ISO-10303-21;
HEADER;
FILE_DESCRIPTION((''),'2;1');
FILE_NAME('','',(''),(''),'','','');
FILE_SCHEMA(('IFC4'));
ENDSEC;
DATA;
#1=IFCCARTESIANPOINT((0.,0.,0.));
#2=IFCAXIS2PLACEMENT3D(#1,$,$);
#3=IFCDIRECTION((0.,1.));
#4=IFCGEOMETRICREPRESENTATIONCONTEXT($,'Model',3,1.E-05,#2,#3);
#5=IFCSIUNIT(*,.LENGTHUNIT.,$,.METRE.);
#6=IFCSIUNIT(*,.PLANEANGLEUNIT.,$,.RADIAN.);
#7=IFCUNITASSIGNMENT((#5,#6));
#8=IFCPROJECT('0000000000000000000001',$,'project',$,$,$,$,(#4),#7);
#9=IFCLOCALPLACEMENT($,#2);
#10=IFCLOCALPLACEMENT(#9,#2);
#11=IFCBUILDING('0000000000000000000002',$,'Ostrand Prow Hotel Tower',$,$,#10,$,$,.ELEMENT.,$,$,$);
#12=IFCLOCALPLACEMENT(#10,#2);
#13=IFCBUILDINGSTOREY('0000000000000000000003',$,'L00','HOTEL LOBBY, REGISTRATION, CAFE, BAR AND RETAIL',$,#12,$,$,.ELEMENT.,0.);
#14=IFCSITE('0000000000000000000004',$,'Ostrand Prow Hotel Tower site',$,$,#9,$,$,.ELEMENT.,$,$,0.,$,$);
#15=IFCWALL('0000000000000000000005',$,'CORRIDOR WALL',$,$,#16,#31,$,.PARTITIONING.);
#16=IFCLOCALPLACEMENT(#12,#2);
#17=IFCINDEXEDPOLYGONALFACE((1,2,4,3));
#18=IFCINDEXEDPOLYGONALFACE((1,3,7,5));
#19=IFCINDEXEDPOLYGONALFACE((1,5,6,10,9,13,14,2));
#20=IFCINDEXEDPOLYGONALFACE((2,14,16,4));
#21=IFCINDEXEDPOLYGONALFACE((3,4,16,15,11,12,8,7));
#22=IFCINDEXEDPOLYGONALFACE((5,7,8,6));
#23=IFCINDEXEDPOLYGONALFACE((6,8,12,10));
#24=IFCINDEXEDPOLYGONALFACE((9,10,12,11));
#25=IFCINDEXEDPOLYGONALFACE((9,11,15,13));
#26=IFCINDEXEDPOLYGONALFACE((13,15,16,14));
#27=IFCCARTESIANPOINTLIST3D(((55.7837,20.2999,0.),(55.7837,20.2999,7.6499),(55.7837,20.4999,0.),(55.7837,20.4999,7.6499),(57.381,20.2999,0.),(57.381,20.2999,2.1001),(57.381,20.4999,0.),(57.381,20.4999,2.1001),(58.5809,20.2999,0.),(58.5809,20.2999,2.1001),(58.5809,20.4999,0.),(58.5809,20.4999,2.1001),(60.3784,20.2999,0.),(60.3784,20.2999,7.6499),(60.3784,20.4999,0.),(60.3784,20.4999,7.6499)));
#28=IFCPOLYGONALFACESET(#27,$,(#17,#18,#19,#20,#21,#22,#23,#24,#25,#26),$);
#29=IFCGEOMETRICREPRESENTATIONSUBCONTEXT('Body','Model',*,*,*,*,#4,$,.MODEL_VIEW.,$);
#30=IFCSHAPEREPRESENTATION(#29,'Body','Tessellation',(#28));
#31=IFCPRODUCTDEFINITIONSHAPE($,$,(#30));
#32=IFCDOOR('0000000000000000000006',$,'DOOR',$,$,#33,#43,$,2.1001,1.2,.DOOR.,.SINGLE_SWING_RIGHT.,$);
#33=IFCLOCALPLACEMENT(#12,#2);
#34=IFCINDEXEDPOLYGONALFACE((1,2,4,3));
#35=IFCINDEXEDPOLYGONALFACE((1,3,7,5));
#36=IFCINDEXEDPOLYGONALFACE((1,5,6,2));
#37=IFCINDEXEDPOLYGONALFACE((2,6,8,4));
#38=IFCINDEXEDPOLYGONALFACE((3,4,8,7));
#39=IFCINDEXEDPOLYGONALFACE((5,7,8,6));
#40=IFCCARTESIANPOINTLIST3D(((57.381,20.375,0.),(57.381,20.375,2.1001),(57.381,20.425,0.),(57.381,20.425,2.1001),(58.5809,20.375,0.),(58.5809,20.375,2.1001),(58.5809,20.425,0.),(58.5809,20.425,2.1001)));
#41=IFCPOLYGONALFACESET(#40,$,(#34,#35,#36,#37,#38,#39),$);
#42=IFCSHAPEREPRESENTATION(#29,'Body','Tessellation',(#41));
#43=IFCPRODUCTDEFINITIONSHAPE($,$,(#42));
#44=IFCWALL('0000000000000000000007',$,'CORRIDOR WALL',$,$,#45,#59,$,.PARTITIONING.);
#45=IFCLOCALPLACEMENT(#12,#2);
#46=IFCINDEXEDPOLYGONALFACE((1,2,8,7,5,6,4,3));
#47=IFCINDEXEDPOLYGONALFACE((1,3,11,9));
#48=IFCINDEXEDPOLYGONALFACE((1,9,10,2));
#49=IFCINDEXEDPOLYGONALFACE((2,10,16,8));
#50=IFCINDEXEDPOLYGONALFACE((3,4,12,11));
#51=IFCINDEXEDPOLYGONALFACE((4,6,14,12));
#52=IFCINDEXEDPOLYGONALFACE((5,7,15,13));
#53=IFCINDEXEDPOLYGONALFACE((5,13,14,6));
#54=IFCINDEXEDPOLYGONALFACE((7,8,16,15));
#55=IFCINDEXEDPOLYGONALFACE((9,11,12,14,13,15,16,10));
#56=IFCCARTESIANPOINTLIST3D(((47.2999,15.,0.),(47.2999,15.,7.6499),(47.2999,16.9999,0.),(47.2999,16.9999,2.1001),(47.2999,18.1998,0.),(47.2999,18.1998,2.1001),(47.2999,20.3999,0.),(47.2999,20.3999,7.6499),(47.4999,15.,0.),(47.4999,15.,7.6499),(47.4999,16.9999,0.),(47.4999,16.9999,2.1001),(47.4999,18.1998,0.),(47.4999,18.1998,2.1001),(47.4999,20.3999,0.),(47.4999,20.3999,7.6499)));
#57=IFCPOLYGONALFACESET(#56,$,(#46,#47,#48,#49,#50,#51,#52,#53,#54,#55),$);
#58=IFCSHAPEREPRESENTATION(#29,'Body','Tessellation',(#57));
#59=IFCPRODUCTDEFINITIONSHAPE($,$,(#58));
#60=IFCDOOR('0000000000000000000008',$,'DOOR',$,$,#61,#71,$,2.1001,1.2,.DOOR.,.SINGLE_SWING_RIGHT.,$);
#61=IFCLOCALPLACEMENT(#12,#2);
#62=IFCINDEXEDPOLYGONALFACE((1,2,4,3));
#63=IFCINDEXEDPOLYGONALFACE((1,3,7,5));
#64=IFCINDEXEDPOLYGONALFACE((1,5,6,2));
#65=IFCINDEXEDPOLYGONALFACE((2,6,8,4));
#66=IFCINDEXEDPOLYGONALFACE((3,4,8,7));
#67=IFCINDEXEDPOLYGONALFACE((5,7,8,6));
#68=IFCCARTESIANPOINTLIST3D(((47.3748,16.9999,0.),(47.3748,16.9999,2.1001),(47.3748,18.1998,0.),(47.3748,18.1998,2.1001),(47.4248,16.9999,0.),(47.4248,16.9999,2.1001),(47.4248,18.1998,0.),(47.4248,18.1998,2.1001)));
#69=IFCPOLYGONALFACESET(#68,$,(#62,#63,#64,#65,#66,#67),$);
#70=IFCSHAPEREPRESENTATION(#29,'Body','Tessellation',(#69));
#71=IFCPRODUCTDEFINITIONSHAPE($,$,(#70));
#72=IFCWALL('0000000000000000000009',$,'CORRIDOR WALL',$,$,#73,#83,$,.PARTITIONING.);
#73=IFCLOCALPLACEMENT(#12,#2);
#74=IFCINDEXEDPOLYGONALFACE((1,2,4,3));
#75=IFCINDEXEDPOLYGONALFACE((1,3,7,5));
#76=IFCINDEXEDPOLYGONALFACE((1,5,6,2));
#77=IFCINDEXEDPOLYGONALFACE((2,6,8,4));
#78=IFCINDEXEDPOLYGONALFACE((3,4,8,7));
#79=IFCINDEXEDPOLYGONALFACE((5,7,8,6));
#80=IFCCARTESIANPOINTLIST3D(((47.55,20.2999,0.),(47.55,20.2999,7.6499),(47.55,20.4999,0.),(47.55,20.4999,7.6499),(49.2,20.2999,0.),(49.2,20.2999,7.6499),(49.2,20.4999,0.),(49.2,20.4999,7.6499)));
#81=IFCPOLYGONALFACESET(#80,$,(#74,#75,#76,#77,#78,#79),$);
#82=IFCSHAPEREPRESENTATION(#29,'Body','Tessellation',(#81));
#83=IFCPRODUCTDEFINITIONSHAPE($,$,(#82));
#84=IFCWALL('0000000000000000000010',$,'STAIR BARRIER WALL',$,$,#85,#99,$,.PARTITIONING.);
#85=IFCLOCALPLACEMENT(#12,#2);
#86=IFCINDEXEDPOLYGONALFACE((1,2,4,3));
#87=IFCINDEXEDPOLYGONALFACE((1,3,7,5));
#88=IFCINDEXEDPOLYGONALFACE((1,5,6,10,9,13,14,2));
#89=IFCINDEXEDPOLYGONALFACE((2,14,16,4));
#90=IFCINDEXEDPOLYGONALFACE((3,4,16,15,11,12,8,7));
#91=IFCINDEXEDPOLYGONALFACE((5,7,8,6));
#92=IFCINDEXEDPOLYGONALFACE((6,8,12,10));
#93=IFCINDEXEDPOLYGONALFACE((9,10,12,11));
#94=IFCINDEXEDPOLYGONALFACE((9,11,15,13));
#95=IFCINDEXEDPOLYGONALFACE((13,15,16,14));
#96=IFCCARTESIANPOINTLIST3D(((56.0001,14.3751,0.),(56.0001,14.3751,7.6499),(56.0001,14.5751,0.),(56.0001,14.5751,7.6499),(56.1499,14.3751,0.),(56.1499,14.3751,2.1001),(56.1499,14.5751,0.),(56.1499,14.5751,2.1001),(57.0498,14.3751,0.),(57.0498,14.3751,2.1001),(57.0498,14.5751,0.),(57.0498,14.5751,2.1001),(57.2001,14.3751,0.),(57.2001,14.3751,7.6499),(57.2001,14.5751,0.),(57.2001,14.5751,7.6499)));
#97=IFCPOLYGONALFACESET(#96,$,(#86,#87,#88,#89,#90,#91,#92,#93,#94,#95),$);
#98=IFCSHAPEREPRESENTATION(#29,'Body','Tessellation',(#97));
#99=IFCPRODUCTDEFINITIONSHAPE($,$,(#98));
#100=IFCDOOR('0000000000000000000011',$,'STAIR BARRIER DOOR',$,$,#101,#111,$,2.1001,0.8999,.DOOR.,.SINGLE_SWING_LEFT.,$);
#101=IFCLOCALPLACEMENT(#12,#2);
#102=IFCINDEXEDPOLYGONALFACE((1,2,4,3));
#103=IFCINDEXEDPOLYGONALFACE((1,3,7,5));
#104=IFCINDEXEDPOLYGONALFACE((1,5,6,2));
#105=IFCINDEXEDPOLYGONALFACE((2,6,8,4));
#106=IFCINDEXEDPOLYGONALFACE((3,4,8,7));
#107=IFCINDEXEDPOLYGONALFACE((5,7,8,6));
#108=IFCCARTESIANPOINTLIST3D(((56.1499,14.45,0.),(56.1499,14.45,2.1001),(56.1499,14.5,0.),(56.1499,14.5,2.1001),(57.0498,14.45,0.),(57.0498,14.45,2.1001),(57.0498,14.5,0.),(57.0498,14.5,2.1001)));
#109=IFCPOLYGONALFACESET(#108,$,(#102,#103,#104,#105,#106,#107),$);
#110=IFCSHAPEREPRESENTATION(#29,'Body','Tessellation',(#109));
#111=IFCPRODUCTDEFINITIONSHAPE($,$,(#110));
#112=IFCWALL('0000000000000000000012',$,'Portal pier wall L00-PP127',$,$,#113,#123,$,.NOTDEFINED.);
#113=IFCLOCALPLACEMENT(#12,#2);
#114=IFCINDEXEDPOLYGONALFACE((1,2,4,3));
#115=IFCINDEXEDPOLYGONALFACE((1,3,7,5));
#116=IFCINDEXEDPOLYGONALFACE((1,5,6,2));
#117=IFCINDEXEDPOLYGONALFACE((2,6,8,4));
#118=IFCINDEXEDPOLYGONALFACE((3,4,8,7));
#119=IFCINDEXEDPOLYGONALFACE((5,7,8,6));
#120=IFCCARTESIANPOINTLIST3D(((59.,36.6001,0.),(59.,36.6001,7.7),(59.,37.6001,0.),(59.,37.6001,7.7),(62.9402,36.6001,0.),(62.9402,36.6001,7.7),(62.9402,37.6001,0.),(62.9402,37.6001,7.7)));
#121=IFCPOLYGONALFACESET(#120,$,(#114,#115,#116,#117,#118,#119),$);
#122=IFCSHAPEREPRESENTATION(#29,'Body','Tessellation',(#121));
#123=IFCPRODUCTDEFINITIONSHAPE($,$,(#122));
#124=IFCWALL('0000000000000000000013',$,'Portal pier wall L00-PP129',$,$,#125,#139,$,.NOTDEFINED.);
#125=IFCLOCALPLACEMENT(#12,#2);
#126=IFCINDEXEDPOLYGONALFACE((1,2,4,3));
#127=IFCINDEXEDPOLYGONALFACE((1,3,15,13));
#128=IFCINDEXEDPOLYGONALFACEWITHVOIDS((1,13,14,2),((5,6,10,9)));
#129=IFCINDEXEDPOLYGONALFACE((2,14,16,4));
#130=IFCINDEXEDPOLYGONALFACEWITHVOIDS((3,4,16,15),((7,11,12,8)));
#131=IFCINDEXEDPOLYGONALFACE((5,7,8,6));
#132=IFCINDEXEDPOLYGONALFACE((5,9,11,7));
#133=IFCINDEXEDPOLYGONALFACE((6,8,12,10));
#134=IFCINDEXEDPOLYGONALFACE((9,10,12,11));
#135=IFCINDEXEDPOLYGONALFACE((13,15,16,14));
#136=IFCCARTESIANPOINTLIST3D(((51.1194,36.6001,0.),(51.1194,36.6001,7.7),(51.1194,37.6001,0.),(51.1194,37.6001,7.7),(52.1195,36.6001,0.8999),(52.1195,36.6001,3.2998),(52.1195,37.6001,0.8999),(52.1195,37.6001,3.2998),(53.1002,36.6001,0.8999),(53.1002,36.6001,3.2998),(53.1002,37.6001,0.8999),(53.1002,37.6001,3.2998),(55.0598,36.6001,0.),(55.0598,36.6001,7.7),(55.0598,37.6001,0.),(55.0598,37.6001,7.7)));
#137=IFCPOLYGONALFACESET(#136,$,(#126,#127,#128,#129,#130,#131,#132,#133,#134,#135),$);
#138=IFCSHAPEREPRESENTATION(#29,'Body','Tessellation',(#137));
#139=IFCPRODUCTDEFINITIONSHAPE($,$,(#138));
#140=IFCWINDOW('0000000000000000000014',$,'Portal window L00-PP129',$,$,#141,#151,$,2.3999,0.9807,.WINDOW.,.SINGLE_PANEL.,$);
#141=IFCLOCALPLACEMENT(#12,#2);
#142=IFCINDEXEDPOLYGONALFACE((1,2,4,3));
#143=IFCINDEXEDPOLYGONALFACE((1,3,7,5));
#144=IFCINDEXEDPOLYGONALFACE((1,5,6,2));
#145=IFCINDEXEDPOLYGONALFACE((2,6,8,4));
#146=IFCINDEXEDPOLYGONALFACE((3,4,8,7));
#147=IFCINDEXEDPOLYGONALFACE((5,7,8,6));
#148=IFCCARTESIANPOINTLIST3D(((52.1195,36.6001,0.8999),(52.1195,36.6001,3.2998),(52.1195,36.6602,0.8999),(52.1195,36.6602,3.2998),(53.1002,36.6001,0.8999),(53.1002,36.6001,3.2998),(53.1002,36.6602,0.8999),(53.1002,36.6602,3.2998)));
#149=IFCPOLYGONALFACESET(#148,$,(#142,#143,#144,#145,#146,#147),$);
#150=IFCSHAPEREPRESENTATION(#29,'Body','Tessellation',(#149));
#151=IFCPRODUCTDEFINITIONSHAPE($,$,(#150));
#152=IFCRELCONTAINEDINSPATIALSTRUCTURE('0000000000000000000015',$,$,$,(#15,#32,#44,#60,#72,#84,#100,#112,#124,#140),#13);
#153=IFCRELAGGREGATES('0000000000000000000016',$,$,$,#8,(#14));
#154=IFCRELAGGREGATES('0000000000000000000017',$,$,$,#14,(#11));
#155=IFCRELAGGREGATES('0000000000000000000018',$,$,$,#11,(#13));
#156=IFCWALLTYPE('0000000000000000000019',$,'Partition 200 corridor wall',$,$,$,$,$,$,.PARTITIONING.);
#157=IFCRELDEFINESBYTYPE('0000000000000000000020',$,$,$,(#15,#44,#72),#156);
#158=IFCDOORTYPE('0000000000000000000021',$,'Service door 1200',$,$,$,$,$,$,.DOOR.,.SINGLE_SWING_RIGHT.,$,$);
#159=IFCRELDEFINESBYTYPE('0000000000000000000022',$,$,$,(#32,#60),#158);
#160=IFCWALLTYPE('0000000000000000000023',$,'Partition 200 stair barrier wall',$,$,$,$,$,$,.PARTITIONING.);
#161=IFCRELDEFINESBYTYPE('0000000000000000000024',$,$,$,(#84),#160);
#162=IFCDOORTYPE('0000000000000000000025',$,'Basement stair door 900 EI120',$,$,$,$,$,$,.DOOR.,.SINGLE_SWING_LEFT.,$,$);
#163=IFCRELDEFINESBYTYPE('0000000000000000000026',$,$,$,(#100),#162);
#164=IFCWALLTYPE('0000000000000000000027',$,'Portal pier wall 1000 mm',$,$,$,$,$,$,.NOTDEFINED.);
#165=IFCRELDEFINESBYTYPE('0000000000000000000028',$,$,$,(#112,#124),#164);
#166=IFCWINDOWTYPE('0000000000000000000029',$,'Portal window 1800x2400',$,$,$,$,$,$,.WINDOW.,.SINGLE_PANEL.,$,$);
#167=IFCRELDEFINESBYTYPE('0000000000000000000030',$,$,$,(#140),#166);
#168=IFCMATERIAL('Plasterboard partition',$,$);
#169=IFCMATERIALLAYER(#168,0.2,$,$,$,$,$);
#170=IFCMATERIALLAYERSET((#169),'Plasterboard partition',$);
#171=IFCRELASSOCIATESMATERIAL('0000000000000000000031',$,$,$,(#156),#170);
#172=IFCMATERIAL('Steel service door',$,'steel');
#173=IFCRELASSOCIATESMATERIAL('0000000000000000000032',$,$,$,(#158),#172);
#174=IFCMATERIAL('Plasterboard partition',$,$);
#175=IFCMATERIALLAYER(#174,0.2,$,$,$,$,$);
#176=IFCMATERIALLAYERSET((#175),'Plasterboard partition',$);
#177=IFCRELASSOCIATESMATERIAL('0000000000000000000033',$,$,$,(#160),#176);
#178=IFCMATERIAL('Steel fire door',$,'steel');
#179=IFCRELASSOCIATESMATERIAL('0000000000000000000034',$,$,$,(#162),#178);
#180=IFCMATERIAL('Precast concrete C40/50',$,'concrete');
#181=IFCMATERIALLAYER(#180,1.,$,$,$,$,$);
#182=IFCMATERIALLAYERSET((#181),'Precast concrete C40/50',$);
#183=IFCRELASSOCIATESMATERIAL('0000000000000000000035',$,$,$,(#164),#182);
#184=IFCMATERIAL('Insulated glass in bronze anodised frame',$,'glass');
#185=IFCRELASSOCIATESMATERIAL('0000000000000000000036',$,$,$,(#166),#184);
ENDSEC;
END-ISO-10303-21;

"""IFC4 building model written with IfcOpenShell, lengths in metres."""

from ifc_helpers import new_model, si_unit, direction, frame, frame_2d, origin, place, context, subcontext, project, spatial, polyline, rectangle, outline, extrude, material, layer, layer_set, type_object, element, fill, save


model = new_model("IFC4")

# Units and contexts
model_context = context("Model", 3, precision=1e-05, world=origin(), true_north=direction((0.0, 1.0)))
body_context = subcontext(model_context, "Body", "Model", "MODEL_VIEW")
ifc_project = project(units=[si_unit("LENGTHUNIT", "METRE"), si_unit("PLANEANGLEUNIT", "RADIAN")], contexts=[model_context])

# Site, building, storey
site_placement = place(None, origin())
site = spatial("IfcSite", under=ifc_project, at=site_placement, Name="Ostrand Prow Hotel Tower site", CompositionType="ELEMENT", RefElevation=0.0)
building_placement = place(site_placement, origin())
building = spatial("IfcBuilding", under=site, at=building_placement, Name="Ostrand Prow Hotel Tower", CompositionType="ELEMENT")
storey_placement = place(building_placement, origin())
storey = spatial("IfcBuildingStorey", under=building, at=storey_placement, Name="L00", Description="HOTEL LOBBY, REGISTRATION, CAFE, BAR AND RETAIL", CompositionType="ELEMENT", Elevation=0.0)

# Walls, openings, doors
ifc_material_1 = material(Name="Plasterboard partition")
ifc_layer_1 = layer(ifc_material_1, 0.2)
ifc_layer_set_1 = layer_set([ifc_layer_1], Name="Plasterboard partition")
wall_type_1 = type_object("IfcWallType", Name="Partition 200 corridor wall", PredefinedType="PARTITIONING", material=ifc_layer_set_1)
ifc_material_2 = material(Name="Steel service door", Category="steel")
door_type_1 = type_object("IfcDoorType", Name="Service door 1200", OperationType="SINGLE_SWING_RIGHT", PredefinedType="DOOR", material=ifc_material_2)
wall_1_placement = place(storey_placement, frame((60.3784, 20.3999, 0.0), z_axis=(0.0, 0.0, 1.0), x_axis=(-1.0, 0.0, 0.0)))
wall_1 = element("IfcWall", 1, at=wall_1_placement, inside=storey, type_object=wall_type_1, Name="CORRIDOR WALL", PredefinedType="PARTITIONING", context=body_context, shape_type="SweptSolid", body=[
    extrude(rectangle(XDim=4.5947, YDim=0.2, at=frame_2d((2.2974, 0.0))), origin(), (0.0, 0.0, 1.0), 7.6499),
])
opening_1_placement = place(wall_1_placement, frame((1.7974, 0.0, 0.0)))
opening_1 = element("IfcOpeningElement", 2, at=opening_1_placement, cuts=wall_1, PredefinedType="OPENING", context=body_context, shape_type="SweptSolid", body=[
    extrude(rectangle(XDim=1.2, YDim=2.1001, at=frame_2d((0.6001, 1.05))), frame((0.0, 0.1099, 0.0), z_axis=(0.0, -1.0, 0.0), x_axis=(1.0, 0.0, 0.0)), (0.0, 0.0, 1.0), 0.22),
])
door_1_placement = place(opening_1_placement, origin())
door_1 = element("IfcDoor", 3, at=door_1_placement, inside=storey, type_object=door_type_1, Name="DOOR", OperationType="SINGLE_SWING_RIGHT", OverallHeight=2.1001, OverallWidth=1.2, PredefinedType="DOOR", context=body_context, shape_type="SweptSolid", body=[
    extrude(rectangle(XDim=1.2, YDim=2.1001, at=frame_2d((0.6001, 1.05))), frame((0.0, 0.0249, 0.0), z_axis=(0.0, -1.0, 0.0), x_axis=(1.0, 0.0, 0.0)), (0.0, 0.0, 1.0), 0.05),
])
fill(opening_1, door_1)
wall_2_placement = place(storey_placement, frame((47.3999, 20.3999, 0.0), z_axis=(0.0, 0.0, 1.0), x_axis=(0.0, -1.0, 0.0)))
wall_2 = element("IfcWall", 4, at=wall_2_placement, inside=storey, type_object=wall_type_1, Name="CORRIDOR WALL", PredefinedType="PARTITIONING", context=body_context, shape_type="SweptSolid", body=[
    extrude(rectangle(XDim=5.3999, YDim=0.2, at=frame_2d((2.7, 0.0))), origin(), (0.0, 0.0, 1.0), 7.6499),
])
opening_2_placement = place(wall_2_placement, frame((2.2, 0.0, 0.0)))
opening_2 = element("IfcOpeningElement", 5, at=opening_2_placement, cuts=wall_2, PredefinedType="OPENING", context=body_context, shape_type="SweptSolid", body=[
    extrude(rectangle(XDim=1.2, YDim=2.1001, at=frame_2d((0.6001, 1.05))), frame((0.0, 0.1099, 0.0), z_axis=(0.0, -1.0, 0.0), x_axis=(1.0, 0.0, 0.0)), (0.0, 0.0, 1.0), 0.22),
])
door_2_placement = place(opening_2_placement, origin())
door_2 = element("IfcDoor", 6, at=door_2_placement, inside=storey, type_object=door_type_1, Name="DOOR", OperationType="SINGLE_SWING_RIGHT", OverallHeight=2.1001, OverallWidth=1.2, PredefinedType="DOOR", context=body_context, shape_type="SweptSolid", body=[
    extrude(rectangle(XDim=1.2, YDim=2.1001, at=frame_2d((0.6001, 1.05))), frame((0.0, 0.0249, 0.0), z_axis=(0.0, -1.0, 0.0), x_axis=(1.0, 0.0, 0.0)), (0.0, 0.0, 1.0), 0.05),
])
fill(opening_2, door_2)

# Wall
wall_3_placement = place(storey_placement, frame((47.55, 20.3999, 0.0), z_axis=(0.0, 0.0, 1.0), x_axis=(1.0, 0.0, 0.0)))
element("IfcWall", 7, at=wall_3_placement, inside=storey, type_object=wall_type_1, Name="CORRIDOR WALL", PredefinedType="PARTITIONING", context=body_context, shape_type="SweptSolid", body=[
    extrude(rectangle(XDim=1.6499, YDim=0.2, at=frame_2d((0.825, 0.0))), origin(), (0.0, 0.0, 1.0), 7.6499),
])

# Wall, opening, door
ifc_material_3 = material(Name="Plasterboard partition")
ifc_layer_2 = layer(ifc_material_3, 0.2)
ifc_layer_set_2 = layer_set([ifc_layer_2], Name="Plasterboard partition")
wall_type_2 = type_object("IfcWallType", Name="Partition 200 stair barrier wall", PredefinedType="PARTITIONING", material=ifc_layer_set_2)
wall_4_placement = place(storey_placement, frame((56.0, 14.4751, 0.0), z_axis=(0.0, 0.0, 1.0), x_axis=(1.0, 0.0, 0.0)))
wall_4 = element("IfcWall", 8, at=wall_4_placement, inside=storey, type_object=wall_type_2, Name="STAIR BARRIER WALL", PredefinedType="PARTITIONING", context=body_context, shape_type="SweptSolid", body=[
    extrude(rectangle(XDim=1.2, YDim=0.2, at=frame_2d((0.6001, 0.0))), origin(), (0.0, 0.0, 1.0), 7.6499),
])
opening_3_placement = place(wall_4_placement, frame((0.1499, 0.0, 0.0)))
opening_3 = element("IfcOpeningElement", 9, at=opening_3_placement, cuts=wall_4, PredefinedType="OPENING", context=body_context, shape_type="SweptSolid", body=[
    extrude(rectangle(XDim=0.8999, YDim=2.1001, at=frame_2d((0.45, 1.05))), frame((0.0, 0.1099, 0.0), z_axis=(0.0, -1.0, 0.0), x_axis=(1.0, 0.0, 0.0)), (0.0, 0.0, 1.0), 0.22),
])
ifc_material_4 = material(Name="Steel fire door", Category="steel")
door_type_2 = type_object("IfcDoorType", Name="Basement stair door 900 EI120", OperationType="SINGLE_SWING_LEFT", PredefinedType="DOOR", material=ifc_material_4)
door_3_placement = place(opening_3_placement, origin())
door_3 = element("IfcDoor", 10, at=door_3_placement, inside=storey, type_object=door_type_2, Name="STAIR BARRIER DOOR", OperationType="SINGLE_SWING_LEFT", OverallHeight=2.1001, OverallWidth=0.8999, PredefinedType="DOOR", context=body_context, shape_type="SweptSolid", body=[
    extrude(rectangle(XDim=0.8999, YDim=2.1001, at=frame_2d((0.45, 1.05))), frame((0.0, 0.0249, 0.0), z_axis=(0.0, -1.0, 0.0), x_axis=(1.0, 0.0, 0.0)), (0.0, 0.0, 1.0), 0.05),
])
fill(opening_3, door_3)

# Wall
ifc_material_5 = material(Name="Precast concrete C40/50", Category="concrete")
ifc_layer_3 = layer(ifc_material_5, 1.0)
ifc_layer_set_3 = layer_set([ifc_layer_3], Name="Precast concrete C40/50")
wall_type_3 = type_object("IfcWallType", Name="Portal pier wall 1000 mm", PredefinedType="NOTDEFINED", material=ifc_layer_set_3)
wall_5_placement = place(storey_placement, frame((62.9402, 37.1001, 0.0), z_axis=(0.0, 0.0, 1.0), x_axis=(-1.0, 0.0, 0.0)))
element("IfcWall", 11, at=wall_5_placement, inside=storey, type_object=wall_type_3, Name="Portal pier wall L00-PP127", PredefinedType="NOTDEFINED", context=body_context, shape_type="SweptSolid", body=[
    extrude(outline(polyline([(0.0, -0.5), (3.9402, -0.5), (3.9402, 0.5), (0.0, 0.5), (0.0, -0.5)])), origin(), (0.0, 0.0, 1.0), 7.7),
])

# Wall, opening, window
wall_6_placement = place(storey_placement, frame((55.0598, 37.1001, 0.0), z_axis=(0.0, 0.0, 1.0), x_axis=(-1.0, 0.0, 0.0)))
wall_6 = element("IfcWall", 12, at=wall_6_placement, inside=storey, type_object=wall_type_3, Name="Portal pier wall L00-PP129", PredefinedType="NOTDEFINED", context=body_context, shape_type="SweptSolid", body=[
    extrude(outline(polyline([(0.0, -0.5), (3.9404, -0.5), (3.9404, 0.5), (0.0, 0.5), (0.0, -0.5)])), origin(), (0.0, 0.0, 1.0), 7.7),
])
opening_4_placement = place(wall_6_placement, frame((1.9597, 0.0, 0.8999)))
opening_4 = element("IfcOpeningElement", 13, at=opening_4_placement, cuts=wall_6, PredefinedType="OPENING", context=body_context, shape_type="SweptSolid", body=[
    extrude(rectangle(XDim=0.9807, YDim=2.3999, at=frame_2d((0.4902, 1.2))), frame((0.0, 0.51, 0.0), z_axis=(0.0, -1.0, 0.0), x_axis=(1.0, 0.0, 0.0)), (0.0, 0.0, 1.0), 1.02),
])
ifc_material_6 = material(Name="Insulated glass in bronze anodised frame", Category="glass")
window_type = type_object("IfcWindowType", Name="Portal window 1800x2400", PartitioningType="SINGLE_PANEL", PredefinedType="WINDOW", material=ifc_material_6)
window_1_placement = place(opening_4_placement, origin())
window_1 = element("IfcWindow", 14, at=window_1_placement, inside=storey, type_object=window_type, Name="Portal window L00-PP129", OverallHeight=2.3999, OverallWidth=0.9807, PartitioningType="SINGLE_PANEL", PredefinedType="WINDOW", context=body_context, shape_type="SweptSolid", body=[
    extrude(rectangle(XDim=0.9807, YDim=2.3999, at=frame_2d((0.4902, 1.2))), frame((0.0, 0.5, 0.0), z_axis=(0.0, -1.0, 0.0), x_axis=(1.0, 0.0, 0.0)), (0.0, 0.0, 1.0), 0.0601),
])
fill(opening_4, window_1)

save(model, "model.ifc")
